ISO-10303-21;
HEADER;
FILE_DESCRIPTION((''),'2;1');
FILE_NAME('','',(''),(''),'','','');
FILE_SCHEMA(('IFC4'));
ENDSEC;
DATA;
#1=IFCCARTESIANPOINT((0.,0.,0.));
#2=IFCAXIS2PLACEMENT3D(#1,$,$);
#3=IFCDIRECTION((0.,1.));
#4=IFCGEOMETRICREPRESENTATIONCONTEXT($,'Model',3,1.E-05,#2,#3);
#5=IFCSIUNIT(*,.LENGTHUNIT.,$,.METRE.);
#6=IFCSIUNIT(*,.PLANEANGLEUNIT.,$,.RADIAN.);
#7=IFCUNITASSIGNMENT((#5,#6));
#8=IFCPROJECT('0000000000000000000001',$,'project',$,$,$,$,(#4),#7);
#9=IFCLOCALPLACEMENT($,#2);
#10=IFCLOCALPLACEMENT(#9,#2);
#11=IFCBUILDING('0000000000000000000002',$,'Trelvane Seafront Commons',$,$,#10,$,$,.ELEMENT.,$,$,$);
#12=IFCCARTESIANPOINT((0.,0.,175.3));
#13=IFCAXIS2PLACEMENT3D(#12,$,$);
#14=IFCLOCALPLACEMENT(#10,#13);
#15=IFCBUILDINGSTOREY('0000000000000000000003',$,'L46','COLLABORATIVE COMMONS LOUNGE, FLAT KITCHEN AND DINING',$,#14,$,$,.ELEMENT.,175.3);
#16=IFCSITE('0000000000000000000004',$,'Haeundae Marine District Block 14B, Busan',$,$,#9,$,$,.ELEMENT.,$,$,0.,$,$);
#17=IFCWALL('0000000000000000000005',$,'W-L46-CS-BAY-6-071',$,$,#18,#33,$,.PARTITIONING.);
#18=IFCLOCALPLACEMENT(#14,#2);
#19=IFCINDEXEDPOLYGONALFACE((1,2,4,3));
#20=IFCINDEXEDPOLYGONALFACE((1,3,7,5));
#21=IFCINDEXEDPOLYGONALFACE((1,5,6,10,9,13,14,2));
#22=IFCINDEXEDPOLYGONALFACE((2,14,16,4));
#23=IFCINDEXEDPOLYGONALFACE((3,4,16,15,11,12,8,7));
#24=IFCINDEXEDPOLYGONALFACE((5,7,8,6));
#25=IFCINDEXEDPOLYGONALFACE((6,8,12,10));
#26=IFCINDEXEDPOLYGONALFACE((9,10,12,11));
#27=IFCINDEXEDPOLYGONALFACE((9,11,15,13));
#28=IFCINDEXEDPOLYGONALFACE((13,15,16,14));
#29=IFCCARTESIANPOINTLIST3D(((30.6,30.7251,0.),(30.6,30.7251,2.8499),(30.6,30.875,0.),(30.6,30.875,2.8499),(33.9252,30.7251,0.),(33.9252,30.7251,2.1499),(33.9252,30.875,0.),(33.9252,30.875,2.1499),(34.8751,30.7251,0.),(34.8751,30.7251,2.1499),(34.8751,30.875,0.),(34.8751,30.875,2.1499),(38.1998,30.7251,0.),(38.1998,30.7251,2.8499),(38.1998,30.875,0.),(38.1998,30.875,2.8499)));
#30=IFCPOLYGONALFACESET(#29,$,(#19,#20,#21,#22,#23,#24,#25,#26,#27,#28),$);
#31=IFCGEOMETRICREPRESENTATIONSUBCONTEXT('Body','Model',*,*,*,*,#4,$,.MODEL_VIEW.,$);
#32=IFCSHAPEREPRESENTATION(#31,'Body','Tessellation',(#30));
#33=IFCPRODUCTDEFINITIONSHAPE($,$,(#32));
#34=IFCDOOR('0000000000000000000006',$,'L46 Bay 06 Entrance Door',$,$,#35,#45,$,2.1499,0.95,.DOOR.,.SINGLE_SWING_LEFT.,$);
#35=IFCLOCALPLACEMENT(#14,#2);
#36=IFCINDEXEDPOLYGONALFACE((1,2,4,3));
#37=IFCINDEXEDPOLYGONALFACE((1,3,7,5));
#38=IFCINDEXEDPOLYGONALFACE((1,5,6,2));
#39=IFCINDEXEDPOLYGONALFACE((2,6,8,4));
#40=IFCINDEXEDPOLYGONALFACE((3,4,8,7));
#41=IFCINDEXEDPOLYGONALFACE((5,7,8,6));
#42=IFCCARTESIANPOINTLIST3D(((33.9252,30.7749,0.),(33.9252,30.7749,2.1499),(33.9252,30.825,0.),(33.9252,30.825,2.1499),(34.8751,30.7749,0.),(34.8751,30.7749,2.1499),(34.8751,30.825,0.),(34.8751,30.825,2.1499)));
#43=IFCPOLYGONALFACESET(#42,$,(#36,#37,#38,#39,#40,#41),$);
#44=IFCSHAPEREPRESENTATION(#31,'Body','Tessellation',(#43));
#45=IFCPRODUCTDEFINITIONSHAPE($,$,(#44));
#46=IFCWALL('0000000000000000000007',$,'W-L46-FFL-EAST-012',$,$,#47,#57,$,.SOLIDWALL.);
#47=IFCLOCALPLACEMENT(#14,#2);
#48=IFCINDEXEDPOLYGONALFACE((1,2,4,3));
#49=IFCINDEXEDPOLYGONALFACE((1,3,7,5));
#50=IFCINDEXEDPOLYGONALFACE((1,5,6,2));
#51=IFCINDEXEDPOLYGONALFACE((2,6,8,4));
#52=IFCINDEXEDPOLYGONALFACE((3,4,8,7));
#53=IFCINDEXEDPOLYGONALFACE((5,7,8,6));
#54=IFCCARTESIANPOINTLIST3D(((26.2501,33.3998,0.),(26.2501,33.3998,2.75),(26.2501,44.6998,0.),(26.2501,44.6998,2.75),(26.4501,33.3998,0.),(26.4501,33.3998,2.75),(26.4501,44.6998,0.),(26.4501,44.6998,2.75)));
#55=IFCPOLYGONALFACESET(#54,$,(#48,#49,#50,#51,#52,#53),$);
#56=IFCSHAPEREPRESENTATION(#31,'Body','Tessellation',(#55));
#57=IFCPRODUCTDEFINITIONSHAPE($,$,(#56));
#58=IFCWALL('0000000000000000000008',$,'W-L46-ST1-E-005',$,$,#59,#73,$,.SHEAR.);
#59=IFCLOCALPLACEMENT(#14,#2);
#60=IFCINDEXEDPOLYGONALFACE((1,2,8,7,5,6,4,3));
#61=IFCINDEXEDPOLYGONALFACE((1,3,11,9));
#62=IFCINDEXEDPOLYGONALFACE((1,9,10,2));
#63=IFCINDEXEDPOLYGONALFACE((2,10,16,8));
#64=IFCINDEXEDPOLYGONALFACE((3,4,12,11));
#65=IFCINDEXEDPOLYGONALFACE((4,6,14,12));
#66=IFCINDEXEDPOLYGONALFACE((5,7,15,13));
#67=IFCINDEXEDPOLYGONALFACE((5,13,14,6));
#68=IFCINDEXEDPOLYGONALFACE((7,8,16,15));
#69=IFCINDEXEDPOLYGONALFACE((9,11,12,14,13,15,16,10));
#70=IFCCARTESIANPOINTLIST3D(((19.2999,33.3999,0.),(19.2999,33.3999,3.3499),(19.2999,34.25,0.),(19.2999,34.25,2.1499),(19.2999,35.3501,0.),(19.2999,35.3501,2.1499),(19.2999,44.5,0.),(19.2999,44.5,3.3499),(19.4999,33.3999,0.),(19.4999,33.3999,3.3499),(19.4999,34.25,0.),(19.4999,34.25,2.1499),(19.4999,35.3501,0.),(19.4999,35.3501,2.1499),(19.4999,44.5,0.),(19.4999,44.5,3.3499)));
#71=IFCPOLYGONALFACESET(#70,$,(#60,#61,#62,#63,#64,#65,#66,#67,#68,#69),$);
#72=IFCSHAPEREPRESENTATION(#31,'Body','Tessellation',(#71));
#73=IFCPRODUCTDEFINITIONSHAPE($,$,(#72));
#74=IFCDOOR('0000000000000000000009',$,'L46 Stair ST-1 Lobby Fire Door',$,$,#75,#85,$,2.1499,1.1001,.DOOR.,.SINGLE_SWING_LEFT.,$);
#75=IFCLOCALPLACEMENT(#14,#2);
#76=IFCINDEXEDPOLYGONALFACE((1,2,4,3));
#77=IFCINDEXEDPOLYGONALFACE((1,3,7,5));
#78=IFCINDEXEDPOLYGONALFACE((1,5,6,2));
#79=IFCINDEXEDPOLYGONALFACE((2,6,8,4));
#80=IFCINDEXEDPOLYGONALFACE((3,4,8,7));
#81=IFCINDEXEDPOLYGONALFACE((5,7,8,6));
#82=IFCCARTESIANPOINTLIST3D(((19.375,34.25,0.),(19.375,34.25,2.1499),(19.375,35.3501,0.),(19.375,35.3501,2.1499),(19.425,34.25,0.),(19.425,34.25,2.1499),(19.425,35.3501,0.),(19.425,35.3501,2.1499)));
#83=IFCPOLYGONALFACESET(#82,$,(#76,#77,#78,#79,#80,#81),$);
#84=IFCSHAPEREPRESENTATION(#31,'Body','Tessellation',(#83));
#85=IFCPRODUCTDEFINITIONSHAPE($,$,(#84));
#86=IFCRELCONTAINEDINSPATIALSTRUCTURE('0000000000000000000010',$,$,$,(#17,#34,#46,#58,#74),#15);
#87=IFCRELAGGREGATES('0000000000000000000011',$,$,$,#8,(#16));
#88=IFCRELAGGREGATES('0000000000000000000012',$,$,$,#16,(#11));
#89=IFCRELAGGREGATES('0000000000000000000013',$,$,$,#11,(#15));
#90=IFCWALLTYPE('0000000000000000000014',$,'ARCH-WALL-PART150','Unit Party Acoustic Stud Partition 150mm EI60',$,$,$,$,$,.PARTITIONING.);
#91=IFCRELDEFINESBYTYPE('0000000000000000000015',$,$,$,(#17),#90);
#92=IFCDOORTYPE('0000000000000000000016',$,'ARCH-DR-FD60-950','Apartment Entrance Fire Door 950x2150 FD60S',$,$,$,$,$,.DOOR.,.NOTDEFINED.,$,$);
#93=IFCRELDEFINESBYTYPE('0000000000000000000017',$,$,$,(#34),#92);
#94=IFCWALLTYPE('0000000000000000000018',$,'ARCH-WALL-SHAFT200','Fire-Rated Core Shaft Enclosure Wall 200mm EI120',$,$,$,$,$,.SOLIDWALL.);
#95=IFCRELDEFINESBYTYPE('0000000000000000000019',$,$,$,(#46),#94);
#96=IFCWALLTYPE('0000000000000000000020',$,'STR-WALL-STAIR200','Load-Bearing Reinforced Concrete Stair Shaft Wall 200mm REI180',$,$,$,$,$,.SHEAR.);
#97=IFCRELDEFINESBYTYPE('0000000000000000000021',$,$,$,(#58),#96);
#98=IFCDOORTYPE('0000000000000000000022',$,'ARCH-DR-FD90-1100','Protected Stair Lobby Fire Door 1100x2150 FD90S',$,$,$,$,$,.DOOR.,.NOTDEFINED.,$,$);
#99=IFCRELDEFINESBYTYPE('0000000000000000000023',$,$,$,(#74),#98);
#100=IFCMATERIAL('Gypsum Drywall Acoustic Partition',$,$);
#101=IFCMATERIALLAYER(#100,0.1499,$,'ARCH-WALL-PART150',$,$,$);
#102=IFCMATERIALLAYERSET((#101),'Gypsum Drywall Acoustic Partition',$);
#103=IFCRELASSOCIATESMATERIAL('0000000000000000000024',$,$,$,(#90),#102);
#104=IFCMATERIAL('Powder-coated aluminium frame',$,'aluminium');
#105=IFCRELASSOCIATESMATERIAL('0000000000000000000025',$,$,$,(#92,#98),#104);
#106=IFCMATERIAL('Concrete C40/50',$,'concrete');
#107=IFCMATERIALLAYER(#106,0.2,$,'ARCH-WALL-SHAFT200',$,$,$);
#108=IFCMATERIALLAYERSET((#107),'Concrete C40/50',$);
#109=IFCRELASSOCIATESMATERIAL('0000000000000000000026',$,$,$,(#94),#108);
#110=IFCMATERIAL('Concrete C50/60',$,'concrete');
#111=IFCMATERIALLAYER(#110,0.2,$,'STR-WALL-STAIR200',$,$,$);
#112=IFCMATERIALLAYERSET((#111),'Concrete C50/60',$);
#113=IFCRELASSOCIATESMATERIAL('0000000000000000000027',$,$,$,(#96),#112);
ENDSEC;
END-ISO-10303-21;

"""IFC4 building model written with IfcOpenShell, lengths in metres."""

from ifc_helpers import new_model, si_unit, direction, frame, frame_2d, origin, place, context, subcontext, project, spatial, rectangle, extrude, source, transform, mapped, material, layer, layer_set, type_object, element, fill, save


model = new_model("IFC4")

# Units and contexts
model_context = context("Model", 3, precision=1e-05, world=origin(), true_north=direction((0.0, 1.0)))
body_context = subcontext(model_context, "Body", "Model", "MODEL_VIEW")
ifc_project = project(units=[si_unit("LENGTHUNIT", "METRE"), si_unit("PLANEANGLEUNIT", "RADIAN")], contexts=[model_context])

# Site, building, storey
site_placement = place(None, origin())
site = spatial("IfcSite", under=ifc_project, at=site_placement, Name="Haeundae Marine District Block 14B, Busan", CompositionType="ELEMENT", RefElevation=0.0)
building_placement = place(site_placement, origin())
building = spatial("IfcBuilding", under=site, at=building_placement, Name="Trelvane Seafront Commons", CompositionType="ELEMENT")
storey_placement = place(building_placement, frame((0.0, 0.0, 175.3)))
storey = spatial("IfcBuildingStorey", under=building, at=storey_placement, Name="L46", Description="COLLABORATIVE COMMONS LOUNGE, FLAT KITCHEN AND DINING", CompositionType="ELEMENT", Elevation=175.3)

# Shared definitions
ifc_material_1 = material(Name="Concrete C50/60", Category="concrete")

# Shared definitions
ifc_material_2 = material(Name="Concrete C40/50", Category="concrete")
ifc_material_3 = material(Name="Powder-coated aluminium frame", Category="aluminium")
shared_shape_1 = source(origin(), body_context, "Body", "SweptSolid", [
    extrude(rectangle(XDim=0.95, YDim=2.1499, at=frame_2d((0.4751, 1.075))), frame((0.0, 0.0249, 0.0), z_axis=(0.0, -1.0, 0.0), x_axis=(1.0, 0.0, 0.0)), (0.0, 0.0, 1.0), 0.05),
])
ifc_material_4 = material(Name="Gypsum Drywall Acoustic Partition")

# Wall, opening, door
ifc_layer_1 = layer(ifc_material_4, 0.1499, Name="ARCH-WALL-PART150")
ifc_layer_set_1 = layer_set([ifc_layer_1], Name="Gypsum Drywall Acoustic Partition")
wall_type_1 = type_object("IfcWallType", Name="ARCH-WALL-PART150", Description="Unit Party Acoustic Stud Partition 150mm EI60", PredefinedType="PARTITIONING", material=ifc_layer_set_1)
door_type_1 = type_object("IfcDoorType", Name="ARCH-DR-FD60-950", Description="Apartment Entrance Fire Door 950x2150 FD60S", OperationType="NOTDEFINED", PredefinedType="DOOR", material=ifc_material_3)
wall_1_placement = place(storey_placement, frame((30.6001, 30.8, 0.0), z_axis=(0.0, 0.0, 1.0), x_axis=(1.0, 0.0, 0.0)))
wall_1 = element("IfcWall", 1, at=wall_1_placement, inside=storey, type_object=wall_type_1, Name="W-L46-CS-BAY-6-071", PredefinedType="PARTITIONING", context=body_context, shape_type="SweptSolid", body=[
    extrude(rectangle(XDim=7.5999, YDim=0.1499, at=frame_2d((3.7998, 0.0))), origin(), (0.0, 0.0, 1.0), 2.8499),
])
opening_1_placement = place(wall_1_placement, frame((3.325, 0.0, 0.0)))
opening_1 = element("IfcOpeningElement", 2, at=opening_1_placement, cuts=wall_1, PredefinedType="OPENING", context=body_context, shape_type="SweptSolid", body=[
    extrude(rectangle(XDim=0.95, YDim=2.1499, at=frame_2d((0.4751, 1.075))), frame((0.0, 0.085, 0.0), z_axis=(0.0, -1.0, 0.0), x_axis=(1.0, 0.0, 0.0)), (0.0, 0.0, 1.0), 0.1699),
])
door_1_placement = place(opening_1_placement, origin())
door_1 = element("IfcDoor", 3, at=door_1_placement, inside=storey, type_object=door_type_1, Name="L46 Bay 06 Entrance Door", OperationType="SINGLE_SWING_LEFT", OverallHeight=2.1499, OverallWidth=0.95, PredefinedType="DOOR", context=body_context, shape_type="MappedRepresentation", body=[
    mapped(shared_shape_1, transform((0.0, 0.0, 0.0), x_axis=(1.0, 0.0, 0.0), y_axis=(0.0, 1.0, 0.0), z_axis=(0.0, 0.0, 1.0), scale=1.0)),
])
fill(opening_1, door_1)

# Wall
ifc_layer_2 = layer(ifc_material_2, 0.2, Name="ARCH-WALL-SHAFT200")
ifc_layer_set_2 = layer_set([ifc_layer_2], Name="Concrete C40/50")
wall_type_2 = type_object("IfcWallType", Name="ARCH-WALL-SHAFT200", Description="Fire-Rated Core Shaft Enclosure Wall 200mm EI120", PredefinedType="SOLIDWALL", material=ifc_layer_set_2)
wall_2_placement = place(storey_placement, frame((26.3501, 33.3999, 0.0), z_axis=(0.0, 0.0, 1.0), x_axis=(0.0, 1.0, 0.0)))
element("IfcWall", 4, at=wall_2_placement, inside=storey, type_object=wall_type_2, Name="W-L46-FFL-EAST-012", PredefinedType="SOLIDWALL", context=body_context, shape_type="SweptSolid", body=[
    extrude(rectangle(XDim=11.3, YDim=0.2, at=frame_2d((5.6499, 0.0))), origin(), (0.0, 0.0, 1.0), 2.75),
])

# Wall, opening, door
ifc_layer_3 = layer(ifc_material_1, 0.2, Name="STR-WALL-STAIR200")
ifc_layer_set_3 = layer_set([ifc_layer_3], Name="Concrete C50/60")
wall_type_3 = type_object("IfcWallType", Name="STR-WALL-STAIR200", Description="Load-Bearing Reinforced Concrete Stair Shaft Wall 200mm REI180", PredefinedType="SHEAR", material=ifc_layer_set_3)
wall_3_placement = place(storey_placement, frame((19.3999, 33.3999, 0.0), z_axis=(0.0, 0.0, 1.0), x_axis=(0.0, 1.0, 0.0)))
wall_3 = element("IfcWall", 5, at=wall_3_placement, inside=storey, type_object=wall_type_3, Name="W-L46-ST1-E-005", PredefinedType="SHEAR", context=body_context, shape_type="SweptSolid", body=[
    extrude(rectangle(XDim=11.1001, YDim=0.2, at=frame_2d((5.55, 0.0))), origin(), (0.0, 0.0, 1.0), 3.3499),
])
opening_2_placement = place(wall_3_placement, frame((0.8501, 0.0, 0.0)))
opening_2 = element("IfcOpeningElement", 6, at=opening_2_placement, cuts=wall_3, PredefinedType="OPENING", context=body_context, shape_type="SweptSolid", body=[
    extrude(rectangle(XDim=1.1001, YDim=2.1499, at=frame_2d((0.55, 1.075))), frame((0.0, 0.1099, 0.0), z_axis=(0.0, -1.0, 0.0), x_axis=(1.0, 0.0, 0.0)), (0.0, 0.0, 1.0), 0.22),
])
door_type_2 = type_object("IfcDoorType", Name="ARCH-DR-FD90-1100", Description="Protected Stair Lobby Fire Door 1100x2150 FD90S", OperationType="NOTDEFINED", PredefinedType="DOOR", material=ifc_material_3)
shared_shape_2 = source(origin(), body_context, "Body", "SweptSolid", [
    extrude(rectangle(XDim=1.1001, YDim=2.1499, at=frame_2d((0.55, 1.075))), frame((0.0, 0.0249, 0.0), z_axis=(0.0, -1.0, 0.0), x_axis=(1.0, 0.0, 0.0)), (0.0, 0.0, 1.0), 0.05),
])
door_2_placement = place(opening_2_placement, origin())
door_2 = element("IfcDoor", 7, at=door_2_placement, inside=storey, type_object=door_type_2, Name="L46 Stair ST-1 Lobby Fire Door", OperationType="SINGLE_SWING_LEFT", OverallHeight=2.1499, OverallWidth=1.1001, PredefinedType="DOOR", context=body_context, shape_type="MappedRepresentation", body=[
    mapped(shared_shape_2, transform((0.0, 0.0, 0.0), x_axis=(1.0, 0.0, 0.0), y_axis=(0.0, 1.0, 0.0), z_axis=(0.0, 0.0, 1.0), scale=1.0)),
])
fill(opening_2, door_2)

save(model, "model.ifc")
